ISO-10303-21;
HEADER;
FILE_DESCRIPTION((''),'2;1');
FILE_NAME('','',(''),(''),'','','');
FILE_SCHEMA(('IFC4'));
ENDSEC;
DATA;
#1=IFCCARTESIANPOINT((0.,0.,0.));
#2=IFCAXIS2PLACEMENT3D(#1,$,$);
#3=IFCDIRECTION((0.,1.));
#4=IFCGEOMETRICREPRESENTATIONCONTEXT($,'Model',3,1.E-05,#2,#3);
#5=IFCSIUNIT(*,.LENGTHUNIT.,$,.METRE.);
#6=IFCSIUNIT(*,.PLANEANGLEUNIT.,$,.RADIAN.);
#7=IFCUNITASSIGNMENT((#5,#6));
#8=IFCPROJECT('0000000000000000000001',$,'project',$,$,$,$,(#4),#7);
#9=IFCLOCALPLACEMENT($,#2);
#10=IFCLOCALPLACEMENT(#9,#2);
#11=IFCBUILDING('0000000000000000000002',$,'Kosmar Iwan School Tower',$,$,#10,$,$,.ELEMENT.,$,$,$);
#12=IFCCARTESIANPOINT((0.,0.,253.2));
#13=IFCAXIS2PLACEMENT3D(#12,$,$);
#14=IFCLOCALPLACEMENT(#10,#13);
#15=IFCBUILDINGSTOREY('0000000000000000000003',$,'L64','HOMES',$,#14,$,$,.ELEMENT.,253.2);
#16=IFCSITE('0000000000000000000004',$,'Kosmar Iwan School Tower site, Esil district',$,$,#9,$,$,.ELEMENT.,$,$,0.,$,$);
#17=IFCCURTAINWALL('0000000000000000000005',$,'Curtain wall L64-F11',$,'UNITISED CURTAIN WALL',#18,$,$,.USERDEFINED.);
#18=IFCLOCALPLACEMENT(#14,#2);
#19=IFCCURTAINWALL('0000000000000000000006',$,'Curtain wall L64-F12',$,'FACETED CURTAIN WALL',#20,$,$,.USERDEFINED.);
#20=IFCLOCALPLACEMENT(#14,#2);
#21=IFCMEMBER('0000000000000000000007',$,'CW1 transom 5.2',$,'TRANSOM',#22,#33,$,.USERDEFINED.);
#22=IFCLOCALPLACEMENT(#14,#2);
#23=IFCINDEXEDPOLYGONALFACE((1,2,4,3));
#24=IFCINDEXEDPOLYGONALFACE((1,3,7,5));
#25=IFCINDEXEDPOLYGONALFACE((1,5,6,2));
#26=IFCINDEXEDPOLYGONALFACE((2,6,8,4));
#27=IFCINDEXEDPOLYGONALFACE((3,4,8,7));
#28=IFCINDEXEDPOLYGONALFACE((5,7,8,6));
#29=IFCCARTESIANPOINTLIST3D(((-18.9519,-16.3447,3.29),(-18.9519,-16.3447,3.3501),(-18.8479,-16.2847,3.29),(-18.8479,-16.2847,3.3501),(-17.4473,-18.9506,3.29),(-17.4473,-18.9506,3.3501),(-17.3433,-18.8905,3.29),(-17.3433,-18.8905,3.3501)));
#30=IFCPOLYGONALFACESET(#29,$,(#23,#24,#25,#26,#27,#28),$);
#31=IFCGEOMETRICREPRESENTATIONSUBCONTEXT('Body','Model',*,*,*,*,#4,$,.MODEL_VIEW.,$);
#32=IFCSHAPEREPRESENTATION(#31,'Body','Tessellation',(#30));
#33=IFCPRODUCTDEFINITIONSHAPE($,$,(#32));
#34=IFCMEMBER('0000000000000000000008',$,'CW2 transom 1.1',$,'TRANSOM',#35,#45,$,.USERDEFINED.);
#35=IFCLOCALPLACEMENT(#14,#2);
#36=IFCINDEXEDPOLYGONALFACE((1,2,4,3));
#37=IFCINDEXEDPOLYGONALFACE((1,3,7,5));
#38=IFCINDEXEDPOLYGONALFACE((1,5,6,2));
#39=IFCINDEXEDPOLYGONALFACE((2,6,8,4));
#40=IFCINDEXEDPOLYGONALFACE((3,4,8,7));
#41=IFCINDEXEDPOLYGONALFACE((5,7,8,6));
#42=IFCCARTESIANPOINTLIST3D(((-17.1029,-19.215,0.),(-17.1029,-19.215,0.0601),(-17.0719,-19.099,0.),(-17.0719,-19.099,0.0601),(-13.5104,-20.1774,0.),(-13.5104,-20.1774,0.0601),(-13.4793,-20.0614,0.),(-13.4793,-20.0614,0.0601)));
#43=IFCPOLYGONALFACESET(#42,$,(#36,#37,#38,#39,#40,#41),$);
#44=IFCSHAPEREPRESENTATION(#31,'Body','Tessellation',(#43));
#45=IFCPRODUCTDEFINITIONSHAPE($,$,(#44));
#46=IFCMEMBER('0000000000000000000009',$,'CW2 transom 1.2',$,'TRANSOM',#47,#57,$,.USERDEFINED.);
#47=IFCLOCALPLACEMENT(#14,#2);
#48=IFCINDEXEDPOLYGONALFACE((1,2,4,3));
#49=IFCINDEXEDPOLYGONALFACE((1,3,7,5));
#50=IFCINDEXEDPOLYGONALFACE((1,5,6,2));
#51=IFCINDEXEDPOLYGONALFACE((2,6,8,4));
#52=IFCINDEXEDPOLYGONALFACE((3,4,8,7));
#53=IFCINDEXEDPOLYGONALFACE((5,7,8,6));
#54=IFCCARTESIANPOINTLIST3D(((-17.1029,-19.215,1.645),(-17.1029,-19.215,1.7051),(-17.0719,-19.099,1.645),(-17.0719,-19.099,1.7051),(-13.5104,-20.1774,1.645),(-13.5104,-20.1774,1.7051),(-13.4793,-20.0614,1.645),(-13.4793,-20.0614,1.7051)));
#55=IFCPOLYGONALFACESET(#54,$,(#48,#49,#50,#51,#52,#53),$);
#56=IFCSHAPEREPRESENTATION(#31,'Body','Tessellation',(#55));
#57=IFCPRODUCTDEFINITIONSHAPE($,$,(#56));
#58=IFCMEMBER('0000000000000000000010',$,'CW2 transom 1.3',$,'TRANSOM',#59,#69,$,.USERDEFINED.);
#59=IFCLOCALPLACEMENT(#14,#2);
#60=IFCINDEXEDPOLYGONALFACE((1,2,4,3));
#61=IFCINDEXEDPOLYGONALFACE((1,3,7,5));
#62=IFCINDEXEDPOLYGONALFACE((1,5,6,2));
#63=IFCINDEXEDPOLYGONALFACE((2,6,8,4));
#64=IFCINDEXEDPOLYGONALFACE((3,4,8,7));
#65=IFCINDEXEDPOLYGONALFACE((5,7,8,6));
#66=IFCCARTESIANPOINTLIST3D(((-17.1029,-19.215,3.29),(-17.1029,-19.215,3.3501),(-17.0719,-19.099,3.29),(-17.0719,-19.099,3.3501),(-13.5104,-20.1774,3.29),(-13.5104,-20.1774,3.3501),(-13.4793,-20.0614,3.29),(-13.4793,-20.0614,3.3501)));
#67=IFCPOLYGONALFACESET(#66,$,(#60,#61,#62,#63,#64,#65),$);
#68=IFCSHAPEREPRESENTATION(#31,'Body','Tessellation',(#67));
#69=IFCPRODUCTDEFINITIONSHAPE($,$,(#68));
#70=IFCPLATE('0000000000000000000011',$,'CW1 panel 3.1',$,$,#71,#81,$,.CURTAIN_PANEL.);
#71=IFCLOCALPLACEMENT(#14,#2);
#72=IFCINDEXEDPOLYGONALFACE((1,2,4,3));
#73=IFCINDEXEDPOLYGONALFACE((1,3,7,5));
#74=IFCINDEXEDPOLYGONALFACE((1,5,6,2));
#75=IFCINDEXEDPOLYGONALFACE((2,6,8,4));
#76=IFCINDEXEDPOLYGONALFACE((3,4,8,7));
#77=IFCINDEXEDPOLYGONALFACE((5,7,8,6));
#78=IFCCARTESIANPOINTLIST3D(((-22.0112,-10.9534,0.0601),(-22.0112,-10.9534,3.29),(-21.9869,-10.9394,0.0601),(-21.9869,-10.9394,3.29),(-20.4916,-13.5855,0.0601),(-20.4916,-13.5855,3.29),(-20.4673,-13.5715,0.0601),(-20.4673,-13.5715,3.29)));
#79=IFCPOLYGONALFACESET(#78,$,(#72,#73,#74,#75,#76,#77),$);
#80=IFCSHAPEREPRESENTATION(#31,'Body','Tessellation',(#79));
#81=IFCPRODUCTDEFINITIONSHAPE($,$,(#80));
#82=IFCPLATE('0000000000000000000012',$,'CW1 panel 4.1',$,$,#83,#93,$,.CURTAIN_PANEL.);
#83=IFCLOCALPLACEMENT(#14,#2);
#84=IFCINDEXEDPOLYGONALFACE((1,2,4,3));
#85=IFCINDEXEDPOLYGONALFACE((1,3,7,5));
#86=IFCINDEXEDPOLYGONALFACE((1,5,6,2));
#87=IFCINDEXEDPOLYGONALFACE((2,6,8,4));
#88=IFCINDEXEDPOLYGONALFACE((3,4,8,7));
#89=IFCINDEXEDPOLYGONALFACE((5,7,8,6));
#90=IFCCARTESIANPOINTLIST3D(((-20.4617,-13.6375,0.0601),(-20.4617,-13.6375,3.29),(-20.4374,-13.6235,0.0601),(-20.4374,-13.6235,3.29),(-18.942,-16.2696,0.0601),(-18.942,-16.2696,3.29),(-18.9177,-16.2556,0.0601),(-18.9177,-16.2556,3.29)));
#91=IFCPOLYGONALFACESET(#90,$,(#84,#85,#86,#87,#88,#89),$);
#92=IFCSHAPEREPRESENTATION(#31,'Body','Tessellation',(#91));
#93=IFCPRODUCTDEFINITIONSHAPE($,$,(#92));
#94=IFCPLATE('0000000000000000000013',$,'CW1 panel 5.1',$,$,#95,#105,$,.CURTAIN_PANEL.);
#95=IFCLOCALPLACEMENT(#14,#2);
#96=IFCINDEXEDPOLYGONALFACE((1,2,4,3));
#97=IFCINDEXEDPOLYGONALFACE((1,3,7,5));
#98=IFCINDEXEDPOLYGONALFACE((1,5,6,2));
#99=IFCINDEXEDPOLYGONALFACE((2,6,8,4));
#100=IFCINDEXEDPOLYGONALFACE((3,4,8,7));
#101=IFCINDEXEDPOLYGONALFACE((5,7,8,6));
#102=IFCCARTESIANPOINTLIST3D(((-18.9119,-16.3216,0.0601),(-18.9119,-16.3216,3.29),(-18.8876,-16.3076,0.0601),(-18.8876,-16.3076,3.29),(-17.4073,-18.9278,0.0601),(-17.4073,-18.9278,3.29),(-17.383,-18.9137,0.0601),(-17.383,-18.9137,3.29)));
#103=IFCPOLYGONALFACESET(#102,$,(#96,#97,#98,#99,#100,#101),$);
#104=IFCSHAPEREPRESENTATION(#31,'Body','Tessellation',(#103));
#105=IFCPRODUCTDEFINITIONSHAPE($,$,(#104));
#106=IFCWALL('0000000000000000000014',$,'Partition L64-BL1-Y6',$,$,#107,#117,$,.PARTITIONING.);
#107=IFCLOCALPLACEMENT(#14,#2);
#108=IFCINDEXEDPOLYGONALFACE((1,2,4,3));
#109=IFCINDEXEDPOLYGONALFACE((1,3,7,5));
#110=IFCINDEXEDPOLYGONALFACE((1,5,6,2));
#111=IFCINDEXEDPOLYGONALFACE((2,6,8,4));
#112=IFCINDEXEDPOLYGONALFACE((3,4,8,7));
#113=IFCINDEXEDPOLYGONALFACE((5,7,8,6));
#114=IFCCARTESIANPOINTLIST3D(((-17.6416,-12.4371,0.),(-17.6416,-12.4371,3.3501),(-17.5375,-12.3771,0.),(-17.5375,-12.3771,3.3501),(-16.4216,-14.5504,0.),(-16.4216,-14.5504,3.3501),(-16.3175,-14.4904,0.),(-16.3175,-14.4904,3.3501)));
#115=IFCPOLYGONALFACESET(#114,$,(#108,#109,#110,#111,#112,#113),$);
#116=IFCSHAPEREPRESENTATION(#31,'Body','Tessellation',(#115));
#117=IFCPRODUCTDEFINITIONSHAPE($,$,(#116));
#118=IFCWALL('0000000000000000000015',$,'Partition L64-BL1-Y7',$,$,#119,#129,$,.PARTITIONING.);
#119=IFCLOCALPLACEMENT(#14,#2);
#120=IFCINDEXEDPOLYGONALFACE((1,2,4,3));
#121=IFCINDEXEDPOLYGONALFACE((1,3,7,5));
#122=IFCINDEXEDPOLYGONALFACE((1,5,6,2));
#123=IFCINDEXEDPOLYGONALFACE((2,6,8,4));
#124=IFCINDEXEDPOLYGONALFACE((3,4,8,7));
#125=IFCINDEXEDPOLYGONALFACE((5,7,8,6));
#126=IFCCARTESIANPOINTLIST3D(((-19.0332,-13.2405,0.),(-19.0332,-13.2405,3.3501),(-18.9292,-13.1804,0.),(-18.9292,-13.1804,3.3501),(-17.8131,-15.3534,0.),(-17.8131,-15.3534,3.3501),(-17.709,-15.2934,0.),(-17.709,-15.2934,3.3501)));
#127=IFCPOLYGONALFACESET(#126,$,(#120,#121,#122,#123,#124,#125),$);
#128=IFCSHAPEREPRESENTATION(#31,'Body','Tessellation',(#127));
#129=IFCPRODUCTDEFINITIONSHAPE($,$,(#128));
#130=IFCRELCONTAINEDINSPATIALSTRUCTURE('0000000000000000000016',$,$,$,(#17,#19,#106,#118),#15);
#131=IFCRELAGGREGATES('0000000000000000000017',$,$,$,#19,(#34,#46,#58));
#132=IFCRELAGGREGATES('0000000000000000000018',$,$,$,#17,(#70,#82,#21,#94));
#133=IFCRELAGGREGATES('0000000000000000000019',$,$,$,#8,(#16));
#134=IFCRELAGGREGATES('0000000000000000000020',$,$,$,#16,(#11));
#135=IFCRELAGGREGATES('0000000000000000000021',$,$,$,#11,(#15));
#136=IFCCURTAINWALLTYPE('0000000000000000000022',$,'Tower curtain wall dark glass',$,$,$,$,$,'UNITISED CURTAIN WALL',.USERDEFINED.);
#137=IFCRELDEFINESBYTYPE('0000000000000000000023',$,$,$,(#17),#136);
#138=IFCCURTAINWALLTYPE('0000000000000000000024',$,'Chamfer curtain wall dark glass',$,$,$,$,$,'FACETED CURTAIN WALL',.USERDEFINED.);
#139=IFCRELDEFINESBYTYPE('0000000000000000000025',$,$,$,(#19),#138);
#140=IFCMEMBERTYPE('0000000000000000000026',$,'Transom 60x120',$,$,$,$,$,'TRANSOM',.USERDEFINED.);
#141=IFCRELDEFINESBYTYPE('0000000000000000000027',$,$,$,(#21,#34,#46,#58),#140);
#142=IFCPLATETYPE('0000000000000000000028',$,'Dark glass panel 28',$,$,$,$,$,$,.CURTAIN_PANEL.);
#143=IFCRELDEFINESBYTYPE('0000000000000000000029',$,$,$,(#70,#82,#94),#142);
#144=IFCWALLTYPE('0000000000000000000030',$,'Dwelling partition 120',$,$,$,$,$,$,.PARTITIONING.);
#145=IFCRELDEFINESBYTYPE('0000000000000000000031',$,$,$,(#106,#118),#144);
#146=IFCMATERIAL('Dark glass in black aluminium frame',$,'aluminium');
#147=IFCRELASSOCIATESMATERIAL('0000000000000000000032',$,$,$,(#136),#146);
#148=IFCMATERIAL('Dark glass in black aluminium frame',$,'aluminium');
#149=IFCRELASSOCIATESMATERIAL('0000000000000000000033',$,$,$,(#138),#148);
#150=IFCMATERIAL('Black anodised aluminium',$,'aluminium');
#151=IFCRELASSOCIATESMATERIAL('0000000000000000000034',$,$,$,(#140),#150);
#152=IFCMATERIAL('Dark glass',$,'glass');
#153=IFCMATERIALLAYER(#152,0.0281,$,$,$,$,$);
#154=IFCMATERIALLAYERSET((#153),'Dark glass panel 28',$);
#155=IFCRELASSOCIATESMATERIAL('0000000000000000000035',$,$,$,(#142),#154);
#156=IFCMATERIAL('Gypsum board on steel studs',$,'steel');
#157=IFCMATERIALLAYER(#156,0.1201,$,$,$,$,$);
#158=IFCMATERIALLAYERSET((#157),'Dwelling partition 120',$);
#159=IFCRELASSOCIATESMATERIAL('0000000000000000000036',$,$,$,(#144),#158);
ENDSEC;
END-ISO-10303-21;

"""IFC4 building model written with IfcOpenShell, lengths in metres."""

from ifc_helpers import new_model, si_unit, direction, frame, frame_2d, origin, origin_2d, place, context, subcontext, project, spatial, rectangle, extrude, material, layer, layer_set, material_profile, profile_set, type_object, element, aggregate, save


model = new_model("IFC4")

# Units and contexts
model_context = context("Model", 3, precision=1e-05, world=origin(), true_north=direction((0.0, 1.0)))
body_context = subcontext(model_context, "Body", "Model", "MODEL_VIEW")
ifc_project = project(units=[si_unit("LENGTHUNIT", "METRE"), si_unit("PLANEANGLEUNIT", "RADIAN")], contexts=[model_context])

# Site, building, storey
site_placement = place(None, origin())
site = spatial("IfcSite", under=ifc_project, at=site_placement, Name="Kosmar Iwan School Tower site, Esil district", CompositionType="ELEMENT", RefElevation=0.0)
building_placement = place(site_placement, origin())
building = spatial("IfcBuilding", under=site, at=building_placement, Name="Kosmar Iwan School Tower", CompositionType="ELEMENT")
storey_placement = place(building_placement, frame((0.0, 0.0, 253.2)))
storey = spatial("IfcBuildingStorey", under=building, at=storey_placement, Name="L64", Description="HOMES", CompositionType="ELEMENT", Elevation=253.2)

# Curtain wall
ifc_material_1 = material(Name="Dark glass in black aluminium frame", Category="aluminium")
curtain_wall_type_1 = type_object("IfcCurtainWallType", Name="Tower curtain wall dark glass", ElementType="UNITISED CURTAIN WALL", PredefinedType="USERDEFINED", material=ifc_material_1)
curtain_wall_1_placement = place(storey_placement, origin())
curtain_wall_1 = element("IfcCurtainWall", 1, at=curtain_wall_1_placement, inside=storey, type_object=curtain_wall_type_1, Name="Curtain wall L64-F11", ObjectType="UNITISED CURTAIN WALL", PredefinedType="USERDEFINED")

# Curtain wall
ifc_material_2 = material(Name="Dark glass in black aluminium frame", Category="aluminium")
curtain_wall_type_2 = type_object("IfcCurtainWallType", Name="Chamfer curtain wall dark glass", ElementType="FACETED CURTAIN WALL", PredefinedType="USERDEFINED", material=ifc_material_2)
curtain_wall_2_placement = place(storey_placement, origin())
curtain_wall_2 = element("IfcCurtainWall", 2, at=curtain_wall_2_placement, inside=storey, type_object=curtain_wall_type_2, Name="Curtain wall L64-F12", ObjectType="FACETED CURTAIN WALL", PredefinedType="USERDEFINED")

# Members
ifc_material_3 = material(Name="Black anodised aluminium", Category="aluminium")
ifc_material_profile_1 = material_profile(ifc_material_3, rectangle(XDim=0.1201, YDim=0.0601, at=origin_2d()), Name="TRANSOM 60x120")
ifc_profile_set_1 = profile_set([ifc_material_profile_1], Name="Black anodised aluminium")
member_type_1 = type_object("IfcMemberType", Name="Transom 60x120", ElementType="TRANSOM", PredefinedType="USERDEFINED", material=ifc_profile_set_1)
member_1_placement = place(storey_placement, frame((-18.8999, -16.3147, 3.3201), z_axis=(0.500022, -0.866013, 0.0), x_axis=(0.866013, 0.500022, 0.0)))
member_1 = element("IfcMember", 3, at=member_1_placement, type_object=member_type_1, Name="CW1 transom 5.2", ObjectType="TRANSOM", PredefinedType="USERDEFINED", context=body_context, shape_type="SweptSolid", body=[
    extrude(rectangle(XDim=0.1201, YDim=0.0601, at=origin_2d()), origin(), (0.0, 0.0, 1.0), 3.009),
])
member_2_placement = place(storey_placement, frame((-17.0874, -19.157, 0.03), z_axis=(0.96594, -0.258766, 0.0), x_axis=(0.258766, 0.96594, 0.0)))
member_2 = element("IfcMember", 4, at=member_2_placement, type_object=member_type_1, Name="CW2 transom 1.1", ObjectType="TRANSOM", PredefinedType="USERDEFINED", context=body_context, shape_type="SweptSolid", body=[
    extrude(rectangle(XDim=0.1201, YDim=0.0601, at=origin_2d()), origin(), (0.0, 0.0, 1.0), 3.7192),
])
member_3_placement = place(storey_placement, frame((-17.0874, -19.157, 1.675), z_axis=(0.96594, -0.258766, 0.0), x_axis=(0.258766, 0.96594, 0.0)))
member_3 = element("IfcMember", 5, at=member_3_placement, type_object=member_type_1, Name="CW2 transom 1.2", ObjectType="TRANSOM", PredefinedType="USERDEFINED", context=body_context, shape_type="SweptSolid", body=[
    extrude(rectangle(XDim=0.1201, YDim=0.0601, at=origin_2d()), origin(), (0.0, 0.0, 1.0), 3.7192),
])
member_4_placement = place(storey_placement, frame((-17.0874, -19.157, 3.3201), z_axis=(0.96594, -0.258766, 0.0), x_axis=(0.258766, 0.96594, 0.0)))
member_4 = element("IfcMember", 6, at=member_4_placement, type_object=member_type_1, Name="CW2 transom 1.3", ObjectType="TRANSOM", PredefinedType="USERDEFINED", context=body_context, shape_type="SweptSolid", body=[
    extrude(rectangle(XDim=0.1201, YDim=0.0601, at=origin_2d()), origin(), (0.0, 0.0, 1.0), 3.7192),
])
aggregate(curtain_wall_2, [member_2, member_3, member_4])

# Plates
ifc_material_4 = material(Name="Dark glass", Category="glass")
ifc_layer_1 = layer(ifc_material_4, 0.0281)
ifc_layer_set_1 = layer_set([ifc_layer_1], Name="Dark glass panel 28")
plate_type = type_object("IfcPlateType", Name="Dark glass panel 28", PredefinedType="CURTAIN_PANEL", material=ifc_layer_set_1)
plate_1_placement = place(storey_placement, frame((-21.2393, -12.2625, 0.0601), z_axis=(0.0, 0.0, 1.0), x_axis=(0.5, -0.866025, 0.0)))
plate_1 = element("IfcPlate", 7, at=plate_1_placement, type_object=plate_type, Name="CW1 panel 3.1", PredefinedType="CURTAIN_PANEL", context=body_context, shape_type="SweptSolid", body=[
    extrude(rectangle(XDim=3.0393, YDim=0.0281, at=origin_2d()), origin(), (0.0, 0.0, 1.0), 3.23),
])
plate_2_placement = place(storey_placement, frame((-19.6897, -14.9465, 0.0601), z_axis=(0.0, 0.0, 1.0), x_axis=(0.5, -0.866025, 0.0)))
plate_2 = element("IfcPlate", 8, at=plate_2_placement, type_object=plate_type, Name="CW1 panel 4.1", PredefinedType="CURTAIN_PANEL", context=body_context, shape_type="SweptSolid", body=[
    extrude(rectangle(XDim=3.0393, YDim=0.0281, at=origin_2d()), origin(), (0.0, 0.0, 1.0), 3.23),
])
plate_3_placement = place(storey_placement, frame((-18.1475, -17.6177, 0.0601), z_axis=(0.0, 0.0, 1.0), x_axis=(0.5, -0.866025, 0.0)))
plate_3 = element("IfcPlate", 9, at=plate_3_placement, type_object=plate_type, Name="CW1 panel 5.1", PredefinedType="CURTAIN_PANEL", context=body_context, shape_type="SweptSolid", body=[
    extrude(rectangle(XDim=3.0093, YDim=0.0281, at=origin_2d()), origin(), (0.0, 0.0, 1.0), 3.23),
])
aggregate(curtain_wall_1, [plate_1, plate_2, member_1, plate_3])

# Walls
ifc_material_5 = material(Name="Gypsum board on steel studs", Category="steel")
ifc_layer_2 = layer(ifc_material_5, 0.1201)
ifc_layer_set_2 = layer_set([ifc_layer_2], Name="Dwelling partition 120")
wall_type = type_object("IfcWallType", Name="Dwelling partition 120", PredefinedType="PARTITIONING", material=ifc_layer_set_2)
wall_1_placement = place(storey_placement, frame((-17.5896, -12.407, 0.0), z_axis=(0.0, 0.0, 1.0), x_axis=(0.499959, -0.866049, 0.0)))
element("IfcWall", 10, at=wall_1_placement, inside=storey, type_object=wall_type, Name="Partition L64-BL1-Y6", PredefinedType="PARTITIONING", context=body_context, shape_type="SweptSolid", body=[
    extrude(rectangle(XDim=2.4402, YDim=0.1201, at=frame_2d((1.2202, 0.0))), origin(), (0.0, 0.0, 1.0), 3.3501),
])
wall_2_placement = place(storey_placement, frame((-18.9812, -13.2104, 0.0), z_axis=(0.0, 0.0, 1.0), x_axis=(0.500078, -0.865981, 0.0)))
element("IfcWall", 11, at=wall_2_placement, inside=storey, type_object=wall_type, Name="Partition L64-BL1-Y7", PredefinedType="PARTITIONING", context=body_context, shape_type="SweptSolid", body=[
    extrude(rectangle(XDim=2.4399, YDim=0.1201, at=frame_2d((1.22, 0.0))), origin(), (0.0, 0.0, 1.0), 3.3501),
])

save(model, "model.ifc")
